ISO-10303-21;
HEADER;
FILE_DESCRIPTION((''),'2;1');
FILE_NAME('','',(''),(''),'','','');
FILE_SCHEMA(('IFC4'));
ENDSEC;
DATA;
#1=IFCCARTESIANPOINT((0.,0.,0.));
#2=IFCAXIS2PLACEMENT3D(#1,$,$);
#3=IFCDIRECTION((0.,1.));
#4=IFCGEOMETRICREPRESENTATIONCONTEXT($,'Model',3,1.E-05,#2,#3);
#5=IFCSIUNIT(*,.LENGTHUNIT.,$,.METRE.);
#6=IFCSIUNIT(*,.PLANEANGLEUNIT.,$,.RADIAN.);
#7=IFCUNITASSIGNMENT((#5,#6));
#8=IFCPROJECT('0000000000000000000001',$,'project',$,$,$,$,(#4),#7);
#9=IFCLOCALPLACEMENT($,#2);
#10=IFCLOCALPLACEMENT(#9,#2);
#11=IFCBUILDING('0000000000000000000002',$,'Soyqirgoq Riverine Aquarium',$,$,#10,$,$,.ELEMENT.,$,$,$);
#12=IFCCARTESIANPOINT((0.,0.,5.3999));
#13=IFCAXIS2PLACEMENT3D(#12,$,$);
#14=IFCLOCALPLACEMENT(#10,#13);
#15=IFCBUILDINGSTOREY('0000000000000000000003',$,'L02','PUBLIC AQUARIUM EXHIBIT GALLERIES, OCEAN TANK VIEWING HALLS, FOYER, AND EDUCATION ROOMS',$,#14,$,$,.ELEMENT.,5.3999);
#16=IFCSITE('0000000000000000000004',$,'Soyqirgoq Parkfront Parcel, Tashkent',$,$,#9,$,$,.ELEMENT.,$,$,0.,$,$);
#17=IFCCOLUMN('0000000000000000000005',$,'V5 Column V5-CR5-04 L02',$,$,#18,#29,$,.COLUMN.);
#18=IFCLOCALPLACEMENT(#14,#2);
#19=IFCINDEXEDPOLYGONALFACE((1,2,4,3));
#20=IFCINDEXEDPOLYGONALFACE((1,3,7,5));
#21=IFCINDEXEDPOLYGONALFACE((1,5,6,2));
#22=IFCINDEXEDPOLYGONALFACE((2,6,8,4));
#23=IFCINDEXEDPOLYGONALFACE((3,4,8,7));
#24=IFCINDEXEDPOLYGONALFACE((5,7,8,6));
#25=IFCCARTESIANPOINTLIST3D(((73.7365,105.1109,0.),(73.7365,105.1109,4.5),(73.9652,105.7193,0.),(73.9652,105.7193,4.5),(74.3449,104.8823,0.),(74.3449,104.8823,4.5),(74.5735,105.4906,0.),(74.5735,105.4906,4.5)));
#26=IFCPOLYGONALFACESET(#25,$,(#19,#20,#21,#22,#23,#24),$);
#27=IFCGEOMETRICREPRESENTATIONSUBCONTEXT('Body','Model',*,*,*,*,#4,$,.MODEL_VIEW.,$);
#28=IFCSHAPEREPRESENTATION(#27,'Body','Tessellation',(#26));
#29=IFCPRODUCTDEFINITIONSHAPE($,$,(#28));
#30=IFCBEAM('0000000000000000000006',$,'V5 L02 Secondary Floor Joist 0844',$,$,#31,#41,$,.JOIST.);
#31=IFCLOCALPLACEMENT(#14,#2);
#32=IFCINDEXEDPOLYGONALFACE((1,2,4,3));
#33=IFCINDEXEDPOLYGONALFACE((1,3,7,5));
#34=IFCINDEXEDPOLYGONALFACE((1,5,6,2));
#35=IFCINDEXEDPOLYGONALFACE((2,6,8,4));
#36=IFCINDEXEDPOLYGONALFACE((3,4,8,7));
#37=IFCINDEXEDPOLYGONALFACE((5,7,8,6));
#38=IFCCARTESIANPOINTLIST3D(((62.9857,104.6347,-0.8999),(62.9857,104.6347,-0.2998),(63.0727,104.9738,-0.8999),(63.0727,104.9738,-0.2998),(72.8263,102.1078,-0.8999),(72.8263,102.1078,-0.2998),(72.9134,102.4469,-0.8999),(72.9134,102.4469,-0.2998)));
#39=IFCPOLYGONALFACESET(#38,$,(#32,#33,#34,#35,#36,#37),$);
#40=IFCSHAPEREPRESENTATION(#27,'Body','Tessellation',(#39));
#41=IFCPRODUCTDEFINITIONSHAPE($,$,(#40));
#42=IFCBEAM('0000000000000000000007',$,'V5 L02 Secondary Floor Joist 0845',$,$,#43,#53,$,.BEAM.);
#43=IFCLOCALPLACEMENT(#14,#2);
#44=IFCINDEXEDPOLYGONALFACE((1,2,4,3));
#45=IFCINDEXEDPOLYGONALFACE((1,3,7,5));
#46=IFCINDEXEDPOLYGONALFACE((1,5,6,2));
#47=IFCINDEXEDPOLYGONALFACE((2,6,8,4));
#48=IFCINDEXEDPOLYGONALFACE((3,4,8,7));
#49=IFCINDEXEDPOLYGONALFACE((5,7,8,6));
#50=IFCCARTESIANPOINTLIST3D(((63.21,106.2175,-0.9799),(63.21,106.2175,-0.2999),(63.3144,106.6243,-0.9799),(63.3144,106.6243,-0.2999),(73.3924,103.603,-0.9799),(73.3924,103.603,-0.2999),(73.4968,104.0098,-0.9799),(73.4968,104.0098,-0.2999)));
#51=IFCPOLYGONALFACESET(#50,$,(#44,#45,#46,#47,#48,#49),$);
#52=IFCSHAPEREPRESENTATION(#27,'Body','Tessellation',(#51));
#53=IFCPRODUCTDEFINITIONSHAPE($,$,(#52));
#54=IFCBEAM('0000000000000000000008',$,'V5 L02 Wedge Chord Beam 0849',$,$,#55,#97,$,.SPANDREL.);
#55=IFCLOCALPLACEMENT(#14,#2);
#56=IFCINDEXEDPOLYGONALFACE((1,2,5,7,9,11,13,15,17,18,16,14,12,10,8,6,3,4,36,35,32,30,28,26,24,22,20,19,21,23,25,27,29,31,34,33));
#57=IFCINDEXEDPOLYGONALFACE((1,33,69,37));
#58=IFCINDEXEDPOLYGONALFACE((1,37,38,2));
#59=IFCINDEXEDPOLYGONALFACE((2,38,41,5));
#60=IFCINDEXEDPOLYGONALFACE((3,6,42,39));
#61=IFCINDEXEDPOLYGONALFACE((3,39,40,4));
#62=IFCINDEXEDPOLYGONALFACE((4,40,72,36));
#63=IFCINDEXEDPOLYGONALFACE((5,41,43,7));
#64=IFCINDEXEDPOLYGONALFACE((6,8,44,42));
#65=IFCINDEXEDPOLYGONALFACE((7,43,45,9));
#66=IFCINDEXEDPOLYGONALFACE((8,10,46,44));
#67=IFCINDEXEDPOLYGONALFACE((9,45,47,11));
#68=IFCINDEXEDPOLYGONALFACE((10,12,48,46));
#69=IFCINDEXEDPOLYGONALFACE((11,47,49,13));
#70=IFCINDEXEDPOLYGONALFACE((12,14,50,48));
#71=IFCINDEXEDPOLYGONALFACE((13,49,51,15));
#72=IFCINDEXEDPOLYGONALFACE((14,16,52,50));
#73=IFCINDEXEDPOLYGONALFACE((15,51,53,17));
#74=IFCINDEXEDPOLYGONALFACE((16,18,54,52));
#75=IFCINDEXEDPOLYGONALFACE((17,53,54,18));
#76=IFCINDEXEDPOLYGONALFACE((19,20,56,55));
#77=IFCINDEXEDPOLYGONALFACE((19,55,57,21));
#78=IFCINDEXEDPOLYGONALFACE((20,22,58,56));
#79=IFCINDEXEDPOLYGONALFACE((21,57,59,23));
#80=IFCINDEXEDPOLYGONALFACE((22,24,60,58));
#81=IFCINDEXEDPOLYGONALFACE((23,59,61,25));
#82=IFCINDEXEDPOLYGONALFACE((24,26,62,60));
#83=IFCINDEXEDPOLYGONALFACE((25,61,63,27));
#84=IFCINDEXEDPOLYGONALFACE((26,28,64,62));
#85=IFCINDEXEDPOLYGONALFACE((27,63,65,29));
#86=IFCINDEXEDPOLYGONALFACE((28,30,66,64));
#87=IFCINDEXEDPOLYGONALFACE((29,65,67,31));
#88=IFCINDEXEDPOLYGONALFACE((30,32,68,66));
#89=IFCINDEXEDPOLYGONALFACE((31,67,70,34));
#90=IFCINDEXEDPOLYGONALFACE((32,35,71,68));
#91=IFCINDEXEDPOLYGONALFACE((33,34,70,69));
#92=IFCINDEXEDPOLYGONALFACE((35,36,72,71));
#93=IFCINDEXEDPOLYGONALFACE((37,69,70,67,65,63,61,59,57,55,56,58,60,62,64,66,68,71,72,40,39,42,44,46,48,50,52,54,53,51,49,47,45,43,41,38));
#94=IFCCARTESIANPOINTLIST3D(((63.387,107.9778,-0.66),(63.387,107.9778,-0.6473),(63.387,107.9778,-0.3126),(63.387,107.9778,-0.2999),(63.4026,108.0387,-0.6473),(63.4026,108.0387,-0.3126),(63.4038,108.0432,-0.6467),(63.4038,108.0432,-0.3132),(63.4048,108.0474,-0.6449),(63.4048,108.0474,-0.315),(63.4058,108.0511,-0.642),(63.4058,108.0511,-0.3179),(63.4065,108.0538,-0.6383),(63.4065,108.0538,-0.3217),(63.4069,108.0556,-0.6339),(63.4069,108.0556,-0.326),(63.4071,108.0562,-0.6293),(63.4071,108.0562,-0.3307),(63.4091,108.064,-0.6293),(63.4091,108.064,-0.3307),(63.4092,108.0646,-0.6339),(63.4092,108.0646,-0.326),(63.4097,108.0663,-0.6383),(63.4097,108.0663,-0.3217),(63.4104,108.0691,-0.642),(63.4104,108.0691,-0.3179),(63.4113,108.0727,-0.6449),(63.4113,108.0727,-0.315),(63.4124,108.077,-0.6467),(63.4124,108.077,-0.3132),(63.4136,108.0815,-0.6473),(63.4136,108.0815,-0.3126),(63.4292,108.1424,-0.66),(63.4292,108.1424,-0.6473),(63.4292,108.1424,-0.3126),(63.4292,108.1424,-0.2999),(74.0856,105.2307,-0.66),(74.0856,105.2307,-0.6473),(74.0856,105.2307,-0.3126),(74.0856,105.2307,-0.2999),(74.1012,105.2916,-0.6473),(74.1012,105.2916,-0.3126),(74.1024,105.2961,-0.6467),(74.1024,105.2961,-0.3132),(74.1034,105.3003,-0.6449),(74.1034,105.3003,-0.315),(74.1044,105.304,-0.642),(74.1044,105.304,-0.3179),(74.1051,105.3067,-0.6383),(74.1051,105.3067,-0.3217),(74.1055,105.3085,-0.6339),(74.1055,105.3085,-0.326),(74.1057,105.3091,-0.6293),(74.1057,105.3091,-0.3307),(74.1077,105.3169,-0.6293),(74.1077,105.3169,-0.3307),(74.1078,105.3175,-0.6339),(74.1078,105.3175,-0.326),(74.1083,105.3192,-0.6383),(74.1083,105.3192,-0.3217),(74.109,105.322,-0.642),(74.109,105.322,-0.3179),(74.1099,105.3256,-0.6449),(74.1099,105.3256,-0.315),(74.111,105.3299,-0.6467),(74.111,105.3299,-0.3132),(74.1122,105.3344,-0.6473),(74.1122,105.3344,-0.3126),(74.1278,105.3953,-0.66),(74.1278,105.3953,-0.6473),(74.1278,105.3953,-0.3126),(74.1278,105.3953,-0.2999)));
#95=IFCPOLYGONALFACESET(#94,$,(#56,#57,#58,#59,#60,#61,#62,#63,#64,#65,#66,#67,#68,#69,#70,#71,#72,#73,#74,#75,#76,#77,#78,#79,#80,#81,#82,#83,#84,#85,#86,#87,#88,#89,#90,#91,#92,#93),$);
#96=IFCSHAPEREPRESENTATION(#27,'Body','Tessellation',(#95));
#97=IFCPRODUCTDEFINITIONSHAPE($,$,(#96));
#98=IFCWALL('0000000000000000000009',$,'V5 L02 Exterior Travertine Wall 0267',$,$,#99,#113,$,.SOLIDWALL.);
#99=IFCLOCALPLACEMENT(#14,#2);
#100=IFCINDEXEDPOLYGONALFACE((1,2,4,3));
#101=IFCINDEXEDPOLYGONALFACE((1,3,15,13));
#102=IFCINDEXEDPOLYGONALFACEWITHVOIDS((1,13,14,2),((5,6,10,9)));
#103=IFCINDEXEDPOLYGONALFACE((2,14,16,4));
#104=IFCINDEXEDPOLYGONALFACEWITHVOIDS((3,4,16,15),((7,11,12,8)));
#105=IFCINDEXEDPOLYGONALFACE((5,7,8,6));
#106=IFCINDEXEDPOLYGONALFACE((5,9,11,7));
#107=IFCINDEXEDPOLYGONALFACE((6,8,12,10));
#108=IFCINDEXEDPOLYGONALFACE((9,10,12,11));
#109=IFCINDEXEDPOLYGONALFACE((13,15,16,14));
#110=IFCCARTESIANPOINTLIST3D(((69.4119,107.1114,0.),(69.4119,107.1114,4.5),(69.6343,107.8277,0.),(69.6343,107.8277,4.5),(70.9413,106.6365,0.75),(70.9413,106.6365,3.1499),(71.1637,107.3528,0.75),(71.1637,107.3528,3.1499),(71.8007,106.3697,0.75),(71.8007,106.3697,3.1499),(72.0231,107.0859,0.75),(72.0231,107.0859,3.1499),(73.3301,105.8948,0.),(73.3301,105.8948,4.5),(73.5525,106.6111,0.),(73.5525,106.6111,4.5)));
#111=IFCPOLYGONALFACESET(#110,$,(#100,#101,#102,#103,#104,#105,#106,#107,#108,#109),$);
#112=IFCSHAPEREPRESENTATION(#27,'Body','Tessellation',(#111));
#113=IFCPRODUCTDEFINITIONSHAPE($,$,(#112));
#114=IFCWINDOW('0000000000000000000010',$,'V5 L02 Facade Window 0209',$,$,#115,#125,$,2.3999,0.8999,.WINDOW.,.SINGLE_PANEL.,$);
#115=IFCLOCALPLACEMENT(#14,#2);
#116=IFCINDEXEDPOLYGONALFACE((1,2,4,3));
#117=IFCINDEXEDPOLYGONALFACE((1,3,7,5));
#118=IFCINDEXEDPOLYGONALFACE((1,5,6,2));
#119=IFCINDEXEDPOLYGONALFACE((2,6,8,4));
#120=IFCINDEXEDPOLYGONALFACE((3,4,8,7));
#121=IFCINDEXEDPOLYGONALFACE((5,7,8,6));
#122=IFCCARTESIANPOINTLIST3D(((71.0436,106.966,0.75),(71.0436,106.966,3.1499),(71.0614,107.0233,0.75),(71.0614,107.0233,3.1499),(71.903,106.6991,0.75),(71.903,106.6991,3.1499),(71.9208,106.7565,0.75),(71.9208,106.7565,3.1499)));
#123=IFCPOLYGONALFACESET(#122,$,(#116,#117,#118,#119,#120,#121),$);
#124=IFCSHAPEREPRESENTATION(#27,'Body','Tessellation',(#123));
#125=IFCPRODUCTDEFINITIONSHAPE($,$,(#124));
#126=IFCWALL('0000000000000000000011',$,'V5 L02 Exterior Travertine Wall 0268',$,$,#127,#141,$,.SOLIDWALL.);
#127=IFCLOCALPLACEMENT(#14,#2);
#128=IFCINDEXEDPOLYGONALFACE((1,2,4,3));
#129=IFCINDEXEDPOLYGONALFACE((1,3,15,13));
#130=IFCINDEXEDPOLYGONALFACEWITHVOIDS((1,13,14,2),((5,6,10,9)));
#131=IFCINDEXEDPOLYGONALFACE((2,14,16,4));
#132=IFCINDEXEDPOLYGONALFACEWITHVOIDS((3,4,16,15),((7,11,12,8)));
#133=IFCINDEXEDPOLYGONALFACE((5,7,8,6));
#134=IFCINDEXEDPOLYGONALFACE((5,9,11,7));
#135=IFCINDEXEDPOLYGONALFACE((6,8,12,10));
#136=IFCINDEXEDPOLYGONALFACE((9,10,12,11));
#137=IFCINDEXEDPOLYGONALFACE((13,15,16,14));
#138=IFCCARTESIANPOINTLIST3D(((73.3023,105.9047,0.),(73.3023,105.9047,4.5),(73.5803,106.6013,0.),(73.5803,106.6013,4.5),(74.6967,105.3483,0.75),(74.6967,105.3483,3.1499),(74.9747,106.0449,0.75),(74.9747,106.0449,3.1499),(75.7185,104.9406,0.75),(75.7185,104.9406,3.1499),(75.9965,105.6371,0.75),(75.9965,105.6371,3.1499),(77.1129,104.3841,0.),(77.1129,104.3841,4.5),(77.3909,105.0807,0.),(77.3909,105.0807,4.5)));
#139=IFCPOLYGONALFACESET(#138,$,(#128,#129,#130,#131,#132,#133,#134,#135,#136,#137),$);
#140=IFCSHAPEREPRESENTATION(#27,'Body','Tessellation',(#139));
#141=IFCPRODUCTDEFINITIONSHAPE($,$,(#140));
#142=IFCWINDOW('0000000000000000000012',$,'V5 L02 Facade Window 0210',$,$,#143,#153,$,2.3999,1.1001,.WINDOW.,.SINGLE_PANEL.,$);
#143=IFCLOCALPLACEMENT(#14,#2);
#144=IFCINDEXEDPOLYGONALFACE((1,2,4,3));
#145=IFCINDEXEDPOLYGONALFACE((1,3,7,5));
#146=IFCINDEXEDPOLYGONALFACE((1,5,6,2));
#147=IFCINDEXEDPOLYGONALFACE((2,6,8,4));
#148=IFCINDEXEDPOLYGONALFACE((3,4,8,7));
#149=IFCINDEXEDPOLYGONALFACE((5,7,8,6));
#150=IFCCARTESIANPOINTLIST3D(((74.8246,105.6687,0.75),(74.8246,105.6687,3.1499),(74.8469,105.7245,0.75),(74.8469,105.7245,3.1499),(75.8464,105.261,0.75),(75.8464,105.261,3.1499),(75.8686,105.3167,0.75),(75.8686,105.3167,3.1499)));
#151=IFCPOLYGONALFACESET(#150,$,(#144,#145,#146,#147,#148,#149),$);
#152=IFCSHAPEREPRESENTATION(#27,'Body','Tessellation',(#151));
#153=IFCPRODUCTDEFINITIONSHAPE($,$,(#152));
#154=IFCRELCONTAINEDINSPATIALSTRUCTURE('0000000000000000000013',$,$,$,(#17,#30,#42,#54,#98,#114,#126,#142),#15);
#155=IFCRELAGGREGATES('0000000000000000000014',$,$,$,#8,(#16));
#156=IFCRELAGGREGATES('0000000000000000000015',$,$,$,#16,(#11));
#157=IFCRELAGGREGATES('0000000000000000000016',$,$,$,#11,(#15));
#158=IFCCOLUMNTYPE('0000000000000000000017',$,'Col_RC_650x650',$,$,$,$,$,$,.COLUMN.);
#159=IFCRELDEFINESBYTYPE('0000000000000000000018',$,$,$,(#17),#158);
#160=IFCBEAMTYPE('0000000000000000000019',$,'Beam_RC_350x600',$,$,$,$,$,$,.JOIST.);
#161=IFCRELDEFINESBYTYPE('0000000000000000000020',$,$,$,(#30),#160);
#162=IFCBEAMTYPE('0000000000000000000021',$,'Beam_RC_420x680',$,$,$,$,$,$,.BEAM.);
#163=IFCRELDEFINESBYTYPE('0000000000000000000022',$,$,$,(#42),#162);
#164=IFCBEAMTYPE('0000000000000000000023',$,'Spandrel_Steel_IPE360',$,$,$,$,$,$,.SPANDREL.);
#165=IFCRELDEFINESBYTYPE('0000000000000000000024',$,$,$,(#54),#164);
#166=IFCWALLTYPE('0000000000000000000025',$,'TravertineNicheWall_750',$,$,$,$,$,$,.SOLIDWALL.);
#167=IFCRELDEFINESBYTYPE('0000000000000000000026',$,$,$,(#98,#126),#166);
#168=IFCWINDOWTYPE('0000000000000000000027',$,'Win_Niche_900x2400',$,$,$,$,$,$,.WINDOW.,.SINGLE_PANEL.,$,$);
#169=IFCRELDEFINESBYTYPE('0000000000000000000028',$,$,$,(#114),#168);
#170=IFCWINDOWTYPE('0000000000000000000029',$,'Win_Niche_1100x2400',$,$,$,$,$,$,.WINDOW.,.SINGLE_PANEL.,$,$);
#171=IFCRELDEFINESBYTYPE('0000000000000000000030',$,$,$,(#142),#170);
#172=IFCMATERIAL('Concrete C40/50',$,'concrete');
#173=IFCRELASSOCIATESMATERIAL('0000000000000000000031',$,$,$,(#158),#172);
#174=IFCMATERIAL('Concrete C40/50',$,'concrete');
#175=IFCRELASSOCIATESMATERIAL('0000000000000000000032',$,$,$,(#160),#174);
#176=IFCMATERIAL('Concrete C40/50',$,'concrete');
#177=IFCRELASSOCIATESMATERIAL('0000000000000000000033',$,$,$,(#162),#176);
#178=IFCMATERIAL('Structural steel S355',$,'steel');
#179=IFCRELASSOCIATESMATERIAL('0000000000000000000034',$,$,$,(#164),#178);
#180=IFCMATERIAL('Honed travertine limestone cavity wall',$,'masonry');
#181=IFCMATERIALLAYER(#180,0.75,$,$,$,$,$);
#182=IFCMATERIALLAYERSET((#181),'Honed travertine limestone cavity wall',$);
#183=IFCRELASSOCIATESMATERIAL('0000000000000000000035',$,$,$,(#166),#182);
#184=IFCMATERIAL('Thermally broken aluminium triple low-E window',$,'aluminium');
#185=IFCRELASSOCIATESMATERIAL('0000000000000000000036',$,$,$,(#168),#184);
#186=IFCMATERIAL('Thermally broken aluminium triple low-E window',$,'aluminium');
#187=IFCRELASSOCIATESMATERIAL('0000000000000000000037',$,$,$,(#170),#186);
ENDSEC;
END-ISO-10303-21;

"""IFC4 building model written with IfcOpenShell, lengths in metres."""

from ifc_helpers import new_model, si_unit, direction, frame, frame_2d, origin, origin_2d, place, context, subcontext, project, spatial, rectangle, i_section, extrude, material, layer, layer_set, material_profile, profile_set, type_object, element, fill, save


model = new_model("IFC4")

# Units and contexts
model_context = context("Model", 3, precision=1e-05, world=origin(), true_north=direction((0.0, 1.0)))
body_context = subcontext(model_context, "Body", "Model", "MODEL_VIEW")
ifc_project = project(units=[si_unit("LENGTHUNIT", "METRE"), si_unit("PLANEANGLEUNIT", "RADIAN")], contexts=[model_context])

# Site, building, storey
site_placement = place(None, origin())
site = spatial("IfcSite", under=ifc_project, at=site_placement, Name="Soyqirgoq Parkfront Parcel, Tashkent", CompositionType="ELEMENT", RefElevation=0.0)
building_placement = place(site_placement, origin())
building = spatial("IfcBuilding", under=site, at=building_placement, Name="Soyqirgoq Riverine Aquarium", CompositionType="ELEMENT")
storey_placement = place(building_placement, frame((0.0, 0.0, 5.3999)))
storey = spatial("IfcBuildingStorey", under=building, at=storey_placement, Name="L02", Description="PUBLIC AQUARIUM EXHIBIT GALLERIES, OCEAN TANK VIEWING HALLS, FOYER, AND EDUCATION ROOMS", CompositionType="ELEMENT", Elevation=5.3999)

# Column
ifc_material_1 = material(Name="Concrete C40/50", Category="concrete")
ifc_material_profile_1 = material_profile(ifc_material_1, rectangle(XDim=0.6499, YDim=0.6499, at=origin_2d()), Name="RC 650x650")
ifc_profile_set_1 = profile_set([ifc_material_profile_1], Name="Concrete C40/50")
column_type = type_object("IfcColumnType", Name="Col_RC_650x650", PredefinedType="COLUMN", material=ifc_profile_set_1)
column_placement = place(storey_placement, frame((74.155, 105.3008, 0.0), z_axis=(0.0, 0.0, 1.0), x_axis=(0.351842, 0.93606, 0.0)))
element("IfcColumn", 1, at=column_placement, inside=storey, type_object=column_type, Name="V5 Column V5-CR5-04 L02", PredefinedType="COLUMN", context=body_context, shape_type="SweptSolid", body=[
    extrude(rectangle(XDim=0.6499, YDim=0.6499, at=origin_2d()), origin(), (0.0, 0.0, 1.0), 4.5),
])

# Beams
ifc_material_2 = material(Name="Concrete C40/50", Category="concrete")
ifc_material_profile_2 = material_profile(ifc_material_2, rectangle(XDim=0.3501, YDim=0.6001, at=origin_2d()), Name="RC 350x600")
ifc_profile_set_2 = profile_set([ifc_material_profile_2], Name="Concrete C40/50")
beam_type_1 = type_object("IfcBeamType", Name="Beam_RC_350x600", PredefinedType="JOIST", material=ifc_profile_set_2)
beam_1_placement = place(storey_placement, frame((72.8699, 102.2773, -0.5999), z_axis=(-0.968578, 0.248711, 0.0), x_axis=(-0.248711, -0.968578, 0.0)))
element("IfcBeam", 2, at=beam_1_placement, inside=storey, type_object=beam_type_1, Name="V5 L02 Secondary Floor Joist 0844", PredefinedType="JOIST", context=body_context, shape_type="SweptSolid", body=[
    extrude(rectangle(XDim=0.3501, YDim=0.6001, at=origin_2d()), origin(), (0.0, 0.0, 1.0), 10.1599),
])
ifc_material_3 = material(Name="Concrete C40/50", Category="concrete")
ifc_material_profile_3 = material_profile(ifc_material_3, rectangle(XDim=0.4199, YDim=0.6799, at=origin_2d()), Name="RC 420x680")
ifc_profile_set_3 = profile_set([ifc_material_profile_3], Name="Concrete C40/50")
beam_type_2 = type_object("IfcBeamType", Name="Beam_RC_420x680", PredefinedType="BEAM", material=ifc_profile_set_3)
beam_2_placement = place(storey_placement, frame((73.4446, 103.8064, -0.6399), z_axis=(-0.968581, 0.2487, 0.0), x_axis=(-0.2487, -0.968581, 0.0)))
element("IfcBeam", 3, at=beam_2_placement, inside=storey, type_object=beam_type_2, Name="V5 L02 Secondary Floor Joist 0845", PredefinedType="BEAM", context=body_context, shape_type="SweptSolid", body=[
    extrude(rectangle(XDim=0.4199, YDim=0.6799, at=origin_2d()), origin(), (0.0, 0.0, 1.0), 10.5127),
])
ifc_material_4 = material(Name="Structural steel S355", Category="steel")
ifc_material_profile_4 = material_profile(ifc_material_4, i_section(OverallWidth=0.1699, OverallDepth=0.3601, WebThickness=0.0081, FlangeThickness=0.0127, FilletRadius=0.0181, at=origin_2d()), Name="IPE 360")
ifc_profile_set_4 = profile_set([ifc_material_profile_4], Name="Structural steel S355")
beam_type_3 = type_object("IfcBeamType", Name="Spandrel_Steel_IPE360", PredefinedType="SPANDREL", material=ifc_profile_set_4)
beam_3_placement = place(storey_placement, frame((74.1067, 105.313, -0.48), z_axis=(-0.96858, 0.248704, 0.0), x_axis=(-0.248704, -0.96858, 0.0)))
element("IfcBeam", 4, at=beam_3_placement, inside=storey, type_object=beam_type_3, Name="V5 L02 Wedge Chord Beam 0849", PredefinedType="SPANDREL", context=body_context, shape_type="SweptSolid", body=[
    extrude(i_section(OverallWidth=0.1699, OverallDepth=0.3601, WebThickness=0.0081, FlangeThickness=0.0127, FilletRadius=0.0181, at=origin_2d()), origin(), (0.0, 0.0, 1.0), 11.0457),
])

# Walls, openings, windows
ifc_material_5 = material(Name="Honed travertine limestone cavity wall", Category="masonry")
ifc_layer = layer(ifc_material_5, 0.75)
ifc_layer_set = layer_set([ifc_layer], Name="Honed travertine limestone cavity wall")
wall_type = type_object("IfcWallType", Name="TravertineNicheWall_750", PredefinedType="SOLIDWALL", material=ifc_layer_set)
wall_1_placement = place(storey_placement, frame((69.5232, 107.4695, 0.0), z_axis=(0.0, 0.0, 1.0), x_axis=(0.955026, -0.296523, 0.0)))
wall_1 = element("IfcWall", 5, at=wall_1_placement, inside=storey, type_object=wall_type, Name="V5 L02 Exterior Travertine Wall 0267", PredefinedType="SOLIDWALL", context=body_context, shape_type="SweptSolid", body=[
    extrude(rectangle(XDim=4.1028, YDim=0.75, at=frame_2d((2.0513, 0.0))), origin(), (0.0, 0.0, 1.0), 4.5),
])
opening_1_placement = place(wall_1_placement, frame((1.6013, 0.0, 0.75)))
opening_1 = element("IfcOpeningElement", 6, at=opening_1_placement, cuts=wall_1, PredefinedType="OPENING", context=body_context, shape_type="SweptSolid", body=[
    extrude(rectangle(XDim=0.8999, YDim=2.3999, at=frame_2d((0.45, 1.2))), frame((0.0, 0.385, 0.0), z_axis=(0.0, -1.0, 0.0), x_axis=(1.0, 0.0, 0.0)), (0.0, 0.0, 1.0), 0.77),
])
ifc_material_6 = material(Name="Thermally broken aluminium triple low-E window", Category="aluminium")
window_type_1 = type_object("IfcWindowType", Name="Win_Niche_900x2400", PartitioningType="SINGLE_PANEL", PredefinedType="WINDOW", material=ifc_material_6)
window_1_placement = place(opening_1_placement, origin())
window_1 = element("IfcWindow", 7, at=window_1_placement, inside=storey, type_object=window_type_1, Name="V5 L02 Facade Window 0209", OverallHeight=2.3999, OverallWidth=0.8999, PartitioningType="SINGLE_PANEL", PredefinedType="WINDOW", context=body_context, shape_type="SweptSolid", body=[
    extrude(rectangle(XDim=0.8999, YDim=2.3999, at=frame_2d((0.45, 1.2))), frame((0.0, 0.03, 0.0), z_axis=(0.0, -1.0, 0.0), x_axis=(1.0, 0.0, 0.0)), (0.0, 0.0, 1.0), 0.0601),
])
fill(opening_1, window_1)
wall_2_placement = place(storey_placement, frame((73.4414, 106.2529, 0.0), z_axis=(0.0, 0.0, 1.0), x_axis=(0.928788, -0.370611, 0.0)))
wall_2 = element("IfcWall", 8, at=wall_2_placement, inside=storey, type_object=wall_type, Name="V5 L02 Exterior Travertine Wall 0268", PredefinedType="SOLIDWALL", context=body_context, shape_type="SweptSolid", body=[
    extrude(rectangle(XDim=4.1028, YDim=0.75, at=frame_2d((2.0513, 0.0))), origin(), (0.0, 0.0, 1.0), 4.5),
])
opening_2_placement = place(wall_2_placement, frame((1.5012, 0.0, 0.75)))
opening_2 = element("IfcOpeningElement", 9, at=opening_2_placement, cuts=wall_2, PredefinedType="OPENING", context=body_context, shape_type="SweptSolid", body=[
    extrude(rectangle(XDim=1.1001, YDim=2.3999, at=frame_2d((0.55, 1.2))), frame((0.0, 0.385, 0.0), z_axis=(0.0, -1.0, 0.0), x_axis=(1.0, 0.0, 0.0)), (0.0, 0.0, 1.0), 0.77),
])
ifc_material_7 = material(Name="Thermally broken aluminium triple low-E window", Category="aluminium")
window_type_2 = type_object("IfcWindowType", Name="Win_Niche_1100x2400", PartitioningType="SINGLE_PANEL", PredefinedType="WINDOW", material=ifc_material_7)
window_2_placement = place(opening_2_placement, origin())
window_2 = element("IfcWindow", 10, at=window_2_placement, inside=storey, type_object=window_type_2, Name="V5 L02 Facade Window 0210", OverallHeight=2.3999, OverallWidth=1.1001, PartitioningType="SINGLE_PANEL", PredefinedType="WINDOW", context=body_context, shape_type="SweptSolid", body=[
    extrude(rectangle(XDim=1.1001, YDim=2.3999, at=frame_2d((0.55, 1.2))), frame((0.0, 0.03, 0.0), z_axis=(0.0, -1.0, 0.0), x_axis=(1.0, 0.0, 0.0)), (0.0, 0.0, 1.0), 0.0601),
])
fill(opening_2, window_2)

save(model, "model.ifc")
